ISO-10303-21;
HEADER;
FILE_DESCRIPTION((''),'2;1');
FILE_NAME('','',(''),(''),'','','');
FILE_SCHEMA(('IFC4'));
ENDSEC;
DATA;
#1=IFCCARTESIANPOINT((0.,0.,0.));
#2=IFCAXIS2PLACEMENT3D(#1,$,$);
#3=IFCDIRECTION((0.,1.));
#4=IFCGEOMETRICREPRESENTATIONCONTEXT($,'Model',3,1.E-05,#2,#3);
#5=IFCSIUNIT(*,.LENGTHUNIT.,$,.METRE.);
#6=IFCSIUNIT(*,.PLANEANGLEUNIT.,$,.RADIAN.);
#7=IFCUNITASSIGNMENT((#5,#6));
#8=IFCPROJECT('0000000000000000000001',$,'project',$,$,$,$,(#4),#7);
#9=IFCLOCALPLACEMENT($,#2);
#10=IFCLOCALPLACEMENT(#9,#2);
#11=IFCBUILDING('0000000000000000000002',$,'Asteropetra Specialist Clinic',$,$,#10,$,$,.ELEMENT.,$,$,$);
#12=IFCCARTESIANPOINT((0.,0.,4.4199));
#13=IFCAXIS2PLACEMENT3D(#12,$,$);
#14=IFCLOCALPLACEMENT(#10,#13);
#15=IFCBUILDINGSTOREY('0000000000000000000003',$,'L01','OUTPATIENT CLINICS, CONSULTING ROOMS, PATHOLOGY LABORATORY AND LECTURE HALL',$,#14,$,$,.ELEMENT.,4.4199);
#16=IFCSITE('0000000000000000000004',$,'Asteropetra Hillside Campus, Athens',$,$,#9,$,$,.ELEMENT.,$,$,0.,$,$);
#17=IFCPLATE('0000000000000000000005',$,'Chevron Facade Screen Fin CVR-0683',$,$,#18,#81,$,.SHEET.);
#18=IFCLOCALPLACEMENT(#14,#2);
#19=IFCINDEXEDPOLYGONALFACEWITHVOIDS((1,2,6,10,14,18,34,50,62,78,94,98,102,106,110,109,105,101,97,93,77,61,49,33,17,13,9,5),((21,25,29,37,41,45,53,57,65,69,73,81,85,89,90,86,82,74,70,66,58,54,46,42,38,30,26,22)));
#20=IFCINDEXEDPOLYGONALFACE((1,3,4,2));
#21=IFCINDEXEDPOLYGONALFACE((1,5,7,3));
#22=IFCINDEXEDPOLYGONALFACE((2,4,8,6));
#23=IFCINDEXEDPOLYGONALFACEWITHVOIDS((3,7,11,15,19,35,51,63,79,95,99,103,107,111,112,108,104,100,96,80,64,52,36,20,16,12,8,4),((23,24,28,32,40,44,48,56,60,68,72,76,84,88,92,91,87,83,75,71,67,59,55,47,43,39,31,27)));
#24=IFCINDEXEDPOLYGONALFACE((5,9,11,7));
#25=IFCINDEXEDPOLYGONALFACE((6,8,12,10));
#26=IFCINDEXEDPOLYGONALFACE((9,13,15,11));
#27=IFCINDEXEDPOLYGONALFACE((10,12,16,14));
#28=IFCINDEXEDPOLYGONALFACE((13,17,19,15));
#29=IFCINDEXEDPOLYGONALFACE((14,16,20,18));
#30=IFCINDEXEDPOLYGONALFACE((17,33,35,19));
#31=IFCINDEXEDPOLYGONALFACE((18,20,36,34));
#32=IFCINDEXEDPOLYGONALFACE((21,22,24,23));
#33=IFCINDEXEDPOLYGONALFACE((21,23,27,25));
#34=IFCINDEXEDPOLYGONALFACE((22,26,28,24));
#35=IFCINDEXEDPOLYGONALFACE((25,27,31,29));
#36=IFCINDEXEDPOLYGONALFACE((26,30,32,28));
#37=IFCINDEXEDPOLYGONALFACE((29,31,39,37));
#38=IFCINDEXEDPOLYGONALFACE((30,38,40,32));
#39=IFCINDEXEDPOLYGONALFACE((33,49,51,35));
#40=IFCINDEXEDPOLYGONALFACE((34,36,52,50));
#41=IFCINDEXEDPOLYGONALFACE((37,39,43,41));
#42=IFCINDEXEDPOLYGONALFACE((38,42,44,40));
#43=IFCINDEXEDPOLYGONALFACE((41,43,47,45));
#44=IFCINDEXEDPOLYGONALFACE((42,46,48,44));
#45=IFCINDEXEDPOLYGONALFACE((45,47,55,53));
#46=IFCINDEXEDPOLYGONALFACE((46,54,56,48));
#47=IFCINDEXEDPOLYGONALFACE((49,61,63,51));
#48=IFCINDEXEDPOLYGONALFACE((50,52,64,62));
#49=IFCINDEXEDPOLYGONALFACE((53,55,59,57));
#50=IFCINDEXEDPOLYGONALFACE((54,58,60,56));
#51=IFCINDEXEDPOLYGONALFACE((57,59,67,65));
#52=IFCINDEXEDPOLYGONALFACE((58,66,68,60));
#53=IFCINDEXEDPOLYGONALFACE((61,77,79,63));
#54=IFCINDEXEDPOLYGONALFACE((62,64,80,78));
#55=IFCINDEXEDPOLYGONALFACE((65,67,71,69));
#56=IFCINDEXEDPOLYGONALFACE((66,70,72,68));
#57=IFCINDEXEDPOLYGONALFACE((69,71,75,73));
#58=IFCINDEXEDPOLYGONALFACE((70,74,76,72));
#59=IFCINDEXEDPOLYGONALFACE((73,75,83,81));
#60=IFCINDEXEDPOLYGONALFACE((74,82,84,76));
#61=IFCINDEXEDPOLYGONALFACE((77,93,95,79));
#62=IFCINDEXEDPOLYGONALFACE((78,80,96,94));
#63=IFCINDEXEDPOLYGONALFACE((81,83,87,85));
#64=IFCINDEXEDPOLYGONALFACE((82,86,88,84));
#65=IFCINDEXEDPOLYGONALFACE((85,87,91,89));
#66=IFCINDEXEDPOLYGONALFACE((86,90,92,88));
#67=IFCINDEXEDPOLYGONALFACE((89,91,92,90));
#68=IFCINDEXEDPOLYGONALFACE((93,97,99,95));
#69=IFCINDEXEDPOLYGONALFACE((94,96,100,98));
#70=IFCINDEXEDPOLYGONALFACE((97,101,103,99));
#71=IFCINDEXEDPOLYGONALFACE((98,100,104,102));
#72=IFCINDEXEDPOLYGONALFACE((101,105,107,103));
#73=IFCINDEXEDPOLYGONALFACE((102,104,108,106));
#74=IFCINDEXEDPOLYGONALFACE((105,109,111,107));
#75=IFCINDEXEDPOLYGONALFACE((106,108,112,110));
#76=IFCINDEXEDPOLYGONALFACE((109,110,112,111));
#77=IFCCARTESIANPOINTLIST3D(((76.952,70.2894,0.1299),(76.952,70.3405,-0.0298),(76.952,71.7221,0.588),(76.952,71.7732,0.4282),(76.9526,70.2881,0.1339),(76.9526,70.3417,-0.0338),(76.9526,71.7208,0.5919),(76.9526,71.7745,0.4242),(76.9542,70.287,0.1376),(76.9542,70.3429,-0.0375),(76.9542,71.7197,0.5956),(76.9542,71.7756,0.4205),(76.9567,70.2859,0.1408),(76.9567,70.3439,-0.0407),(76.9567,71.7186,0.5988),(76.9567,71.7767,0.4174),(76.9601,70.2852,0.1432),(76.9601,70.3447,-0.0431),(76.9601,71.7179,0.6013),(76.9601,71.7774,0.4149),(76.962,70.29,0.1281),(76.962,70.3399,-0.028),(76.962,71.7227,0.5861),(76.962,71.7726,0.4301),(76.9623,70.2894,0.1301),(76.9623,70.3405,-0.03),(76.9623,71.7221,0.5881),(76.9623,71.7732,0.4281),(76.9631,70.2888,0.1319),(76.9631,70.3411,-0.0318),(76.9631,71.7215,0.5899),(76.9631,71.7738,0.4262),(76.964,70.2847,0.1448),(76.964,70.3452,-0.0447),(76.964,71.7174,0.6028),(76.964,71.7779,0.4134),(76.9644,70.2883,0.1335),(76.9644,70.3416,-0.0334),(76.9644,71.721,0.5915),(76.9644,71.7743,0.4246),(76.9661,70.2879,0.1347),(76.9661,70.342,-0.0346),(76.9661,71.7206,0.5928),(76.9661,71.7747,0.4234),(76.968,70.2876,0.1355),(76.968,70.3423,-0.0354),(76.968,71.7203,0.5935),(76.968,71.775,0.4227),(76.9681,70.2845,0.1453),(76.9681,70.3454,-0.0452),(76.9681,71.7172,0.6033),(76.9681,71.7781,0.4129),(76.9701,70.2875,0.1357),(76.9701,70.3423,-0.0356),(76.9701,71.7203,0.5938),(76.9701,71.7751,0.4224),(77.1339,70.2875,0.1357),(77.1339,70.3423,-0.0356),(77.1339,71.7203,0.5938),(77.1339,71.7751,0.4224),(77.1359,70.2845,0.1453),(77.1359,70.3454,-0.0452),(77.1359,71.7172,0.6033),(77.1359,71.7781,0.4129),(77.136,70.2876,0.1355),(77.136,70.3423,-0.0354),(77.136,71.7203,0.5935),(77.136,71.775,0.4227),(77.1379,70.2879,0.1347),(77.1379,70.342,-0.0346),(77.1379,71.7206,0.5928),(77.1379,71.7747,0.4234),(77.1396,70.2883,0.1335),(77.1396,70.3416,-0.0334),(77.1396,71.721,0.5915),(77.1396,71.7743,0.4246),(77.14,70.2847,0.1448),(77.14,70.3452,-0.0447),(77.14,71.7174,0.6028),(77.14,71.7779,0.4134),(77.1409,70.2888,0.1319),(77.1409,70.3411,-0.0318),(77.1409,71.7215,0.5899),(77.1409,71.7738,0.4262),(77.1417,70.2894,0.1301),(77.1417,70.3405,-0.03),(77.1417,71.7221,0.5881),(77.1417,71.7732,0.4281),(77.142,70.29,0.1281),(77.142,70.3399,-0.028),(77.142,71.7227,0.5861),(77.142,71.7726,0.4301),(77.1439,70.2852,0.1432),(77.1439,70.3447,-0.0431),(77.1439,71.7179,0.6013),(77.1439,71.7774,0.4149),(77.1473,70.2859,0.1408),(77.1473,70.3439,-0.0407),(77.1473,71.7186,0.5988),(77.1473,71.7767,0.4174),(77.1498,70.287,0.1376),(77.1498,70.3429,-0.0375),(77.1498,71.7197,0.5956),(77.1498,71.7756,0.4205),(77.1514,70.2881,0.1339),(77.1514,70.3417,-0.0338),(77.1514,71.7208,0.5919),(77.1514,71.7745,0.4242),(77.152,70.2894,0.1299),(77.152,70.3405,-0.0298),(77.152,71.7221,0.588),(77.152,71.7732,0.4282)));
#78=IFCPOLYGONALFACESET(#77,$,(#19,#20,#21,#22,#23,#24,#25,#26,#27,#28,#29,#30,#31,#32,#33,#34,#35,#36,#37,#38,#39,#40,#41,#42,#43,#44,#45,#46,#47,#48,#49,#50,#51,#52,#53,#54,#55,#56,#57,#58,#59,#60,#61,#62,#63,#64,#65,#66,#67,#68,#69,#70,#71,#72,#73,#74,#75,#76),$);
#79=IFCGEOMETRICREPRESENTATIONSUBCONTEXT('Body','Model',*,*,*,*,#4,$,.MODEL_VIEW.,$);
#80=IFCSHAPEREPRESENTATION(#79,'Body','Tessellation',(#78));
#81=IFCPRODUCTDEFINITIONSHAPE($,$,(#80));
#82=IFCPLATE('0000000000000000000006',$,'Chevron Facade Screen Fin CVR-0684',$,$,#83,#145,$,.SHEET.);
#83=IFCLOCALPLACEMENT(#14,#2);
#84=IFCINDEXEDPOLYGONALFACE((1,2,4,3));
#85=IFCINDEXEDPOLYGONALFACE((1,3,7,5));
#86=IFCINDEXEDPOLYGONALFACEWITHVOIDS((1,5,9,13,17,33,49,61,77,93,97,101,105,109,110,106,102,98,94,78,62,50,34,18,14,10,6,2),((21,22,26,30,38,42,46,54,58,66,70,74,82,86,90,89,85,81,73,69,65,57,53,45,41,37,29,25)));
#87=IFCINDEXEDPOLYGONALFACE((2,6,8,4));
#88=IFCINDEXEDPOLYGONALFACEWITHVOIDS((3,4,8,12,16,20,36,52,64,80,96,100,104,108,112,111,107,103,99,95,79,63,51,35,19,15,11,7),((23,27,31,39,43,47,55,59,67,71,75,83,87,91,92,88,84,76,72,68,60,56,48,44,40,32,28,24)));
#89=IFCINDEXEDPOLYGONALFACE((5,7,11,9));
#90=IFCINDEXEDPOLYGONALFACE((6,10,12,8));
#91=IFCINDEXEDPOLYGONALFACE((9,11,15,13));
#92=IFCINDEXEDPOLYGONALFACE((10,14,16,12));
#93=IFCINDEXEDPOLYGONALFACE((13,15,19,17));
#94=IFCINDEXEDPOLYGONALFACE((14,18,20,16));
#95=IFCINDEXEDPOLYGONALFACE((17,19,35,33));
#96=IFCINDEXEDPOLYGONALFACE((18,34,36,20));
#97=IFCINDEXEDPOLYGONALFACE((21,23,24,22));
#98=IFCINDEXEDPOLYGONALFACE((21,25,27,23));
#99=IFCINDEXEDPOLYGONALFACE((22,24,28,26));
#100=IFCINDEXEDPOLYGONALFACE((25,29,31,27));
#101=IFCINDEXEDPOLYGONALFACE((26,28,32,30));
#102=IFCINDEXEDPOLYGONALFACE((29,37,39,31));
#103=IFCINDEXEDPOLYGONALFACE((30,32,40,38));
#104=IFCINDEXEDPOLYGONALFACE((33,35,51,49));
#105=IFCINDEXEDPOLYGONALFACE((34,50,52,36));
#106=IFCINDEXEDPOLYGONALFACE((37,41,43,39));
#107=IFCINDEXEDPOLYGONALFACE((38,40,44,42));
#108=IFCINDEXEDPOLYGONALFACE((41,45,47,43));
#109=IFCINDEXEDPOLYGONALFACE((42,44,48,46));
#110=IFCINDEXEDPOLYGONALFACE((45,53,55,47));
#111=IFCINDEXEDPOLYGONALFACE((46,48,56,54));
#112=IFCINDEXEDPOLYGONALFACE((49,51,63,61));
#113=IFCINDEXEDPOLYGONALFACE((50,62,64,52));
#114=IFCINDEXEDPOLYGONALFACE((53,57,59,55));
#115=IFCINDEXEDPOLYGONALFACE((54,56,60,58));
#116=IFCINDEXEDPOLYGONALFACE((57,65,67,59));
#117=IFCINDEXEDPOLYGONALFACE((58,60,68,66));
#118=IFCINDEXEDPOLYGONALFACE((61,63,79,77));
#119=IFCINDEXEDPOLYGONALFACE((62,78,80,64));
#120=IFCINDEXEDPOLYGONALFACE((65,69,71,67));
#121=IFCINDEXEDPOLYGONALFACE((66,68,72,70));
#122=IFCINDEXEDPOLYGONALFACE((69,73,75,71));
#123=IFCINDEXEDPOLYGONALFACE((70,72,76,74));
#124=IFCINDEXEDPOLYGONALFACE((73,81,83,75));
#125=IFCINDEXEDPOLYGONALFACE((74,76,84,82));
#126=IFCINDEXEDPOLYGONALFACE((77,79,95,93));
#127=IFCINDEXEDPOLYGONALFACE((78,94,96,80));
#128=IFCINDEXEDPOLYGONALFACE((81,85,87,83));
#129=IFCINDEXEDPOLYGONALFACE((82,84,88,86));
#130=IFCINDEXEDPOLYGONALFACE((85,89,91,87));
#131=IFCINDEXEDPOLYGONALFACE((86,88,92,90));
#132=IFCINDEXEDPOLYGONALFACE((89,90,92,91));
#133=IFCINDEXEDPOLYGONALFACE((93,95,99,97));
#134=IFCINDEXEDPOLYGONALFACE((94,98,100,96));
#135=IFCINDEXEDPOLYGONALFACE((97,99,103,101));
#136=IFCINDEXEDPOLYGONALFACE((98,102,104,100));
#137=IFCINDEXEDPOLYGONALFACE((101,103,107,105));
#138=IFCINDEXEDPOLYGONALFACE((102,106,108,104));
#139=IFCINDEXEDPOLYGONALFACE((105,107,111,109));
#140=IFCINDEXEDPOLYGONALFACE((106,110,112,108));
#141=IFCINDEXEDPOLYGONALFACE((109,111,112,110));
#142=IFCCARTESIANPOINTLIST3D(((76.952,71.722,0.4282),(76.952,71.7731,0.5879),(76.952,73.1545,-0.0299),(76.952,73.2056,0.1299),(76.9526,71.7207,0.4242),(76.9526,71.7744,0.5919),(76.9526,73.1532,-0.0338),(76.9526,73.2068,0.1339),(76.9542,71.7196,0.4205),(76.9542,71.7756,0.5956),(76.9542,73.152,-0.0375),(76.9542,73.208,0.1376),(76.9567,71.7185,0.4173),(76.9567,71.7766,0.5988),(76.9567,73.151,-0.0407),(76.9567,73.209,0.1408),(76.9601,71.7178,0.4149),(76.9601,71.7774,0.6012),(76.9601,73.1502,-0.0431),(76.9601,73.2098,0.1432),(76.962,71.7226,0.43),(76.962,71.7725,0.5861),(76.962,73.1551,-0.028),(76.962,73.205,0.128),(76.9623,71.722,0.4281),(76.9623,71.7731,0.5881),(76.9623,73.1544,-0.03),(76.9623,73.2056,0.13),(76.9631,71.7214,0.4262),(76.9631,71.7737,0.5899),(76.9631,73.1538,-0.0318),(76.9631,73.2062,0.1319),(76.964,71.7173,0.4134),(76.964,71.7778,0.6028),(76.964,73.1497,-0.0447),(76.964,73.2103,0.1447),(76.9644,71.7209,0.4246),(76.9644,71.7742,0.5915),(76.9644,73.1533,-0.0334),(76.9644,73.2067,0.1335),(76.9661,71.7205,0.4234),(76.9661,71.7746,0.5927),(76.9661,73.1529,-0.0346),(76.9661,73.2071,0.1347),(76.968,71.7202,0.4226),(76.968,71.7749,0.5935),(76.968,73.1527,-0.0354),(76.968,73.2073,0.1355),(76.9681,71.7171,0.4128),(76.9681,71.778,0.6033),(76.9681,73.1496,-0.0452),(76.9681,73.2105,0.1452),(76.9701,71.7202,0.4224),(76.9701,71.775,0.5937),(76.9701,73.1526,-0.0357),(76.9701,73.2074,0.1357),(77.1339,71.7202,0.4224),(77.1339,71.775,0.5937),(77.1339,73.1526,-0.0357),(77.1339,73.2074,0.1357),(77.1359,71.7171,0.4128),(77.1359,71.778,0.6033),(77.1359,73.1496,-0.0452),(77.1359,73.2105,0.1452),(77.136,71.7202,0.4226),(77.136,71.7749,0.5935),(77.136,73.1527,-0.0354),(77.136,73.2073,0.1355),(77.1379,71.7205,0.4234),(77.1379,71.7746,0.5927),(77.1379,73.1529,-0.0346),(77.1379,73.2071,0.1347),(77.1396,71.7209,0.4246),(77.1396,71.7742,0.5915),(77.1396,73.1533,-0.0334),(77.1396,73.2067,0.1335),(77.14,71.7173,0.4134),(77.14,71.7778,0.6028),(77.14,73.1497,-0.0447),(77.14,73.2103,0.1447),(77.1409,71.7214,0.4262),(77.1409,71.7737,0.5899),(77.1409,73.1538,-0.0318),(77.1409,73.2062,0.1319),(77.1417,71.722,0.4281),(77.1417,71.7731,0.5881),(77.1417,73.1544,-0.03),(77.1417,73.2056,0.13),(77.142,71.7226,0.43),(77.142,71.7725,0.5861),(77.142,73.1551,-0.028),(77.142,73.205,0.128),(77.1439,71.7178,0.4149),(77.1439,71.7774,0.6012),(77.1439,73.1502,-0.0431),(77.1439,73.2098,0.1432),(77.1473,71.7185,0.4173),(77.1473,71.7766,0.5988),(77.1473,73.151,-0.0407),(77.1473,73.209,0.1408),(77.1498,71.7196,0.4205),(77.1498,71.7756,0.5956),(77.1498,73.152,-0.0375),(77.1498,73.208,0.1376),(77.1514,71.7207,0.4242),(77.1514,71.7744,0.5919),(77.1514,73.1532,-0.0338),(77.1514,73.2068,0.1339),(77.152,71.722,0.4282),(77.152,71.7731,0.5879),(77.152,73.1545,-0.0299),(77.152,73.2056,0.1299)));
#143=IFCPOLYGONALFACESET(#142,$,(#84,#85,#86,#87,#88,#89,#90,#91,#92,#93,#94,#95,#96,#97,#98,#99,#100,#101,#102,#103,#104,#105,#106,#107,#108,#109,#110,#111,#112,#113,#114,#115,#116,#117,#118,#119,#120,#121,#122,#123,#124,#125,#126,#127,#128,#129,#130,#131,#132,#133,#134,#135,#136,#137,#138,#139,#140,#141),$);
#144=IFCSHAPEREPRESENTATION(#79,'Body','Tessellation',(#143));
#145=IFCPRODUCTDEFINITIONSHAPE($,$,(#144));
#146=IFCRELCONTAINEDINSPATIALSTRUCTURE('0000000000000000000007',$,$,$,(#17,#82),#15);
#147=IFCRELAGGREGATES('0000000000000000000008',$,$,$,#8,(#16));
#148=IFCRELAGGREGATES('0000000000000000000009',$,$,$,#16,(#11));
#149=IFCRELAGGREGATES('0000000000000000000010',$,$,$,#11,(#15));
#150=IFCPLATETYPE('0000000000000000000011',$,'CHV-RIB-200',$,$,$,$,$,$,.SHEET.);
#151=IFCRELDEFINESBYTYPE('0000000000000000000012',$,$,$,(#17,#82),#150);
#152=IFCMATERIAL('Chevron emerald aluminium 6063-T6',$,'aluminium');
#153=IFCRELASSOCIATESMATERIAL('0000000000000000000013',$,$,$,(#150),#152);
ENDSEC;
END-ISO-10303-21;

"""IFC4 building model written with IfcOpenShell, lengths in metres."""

from ifc_helpers import new_model, si_unit, direction, frame, origin, origin_2d, place, context, subcontext, project, spatial, hollow_rectangle, extrude, material, material_profile, profile_set, type_object, element, save


model = new_model("IFC4")

# Units and contexts
model_context = context("Model", 3, precision=1e-05, world=origin(), true_north=direction((0.0, 1.0)))
body_context = subcontext(model_context, "Body", "Model", "MODEL_VIEW")
ifc_project = project(units=[si_unit("LENGTHUNIT", "METRE"), si_unit("PLANEANGLEUNIT", "RADIAN")], contexts=[model_context])

# Site, building, storey
site_placement = place(None, origin())
site = spatial("IfcSite", under=ifc_project, at=site_placement, Name="Asteropetra Hillside Campus, Athens", CompositionType="ELEMENT", RefElevation=0.0)
building_placement = place(site_placement, origin())
building = spatial("IfcBuilding", under=site, at=building_placement, Name="Asteropetra Specialist Clinic", CompositionType="ELEMENT")
storey_placement = place(building_placement, frame((0.0, 0.0, 4.4199)))
storey = spatial("IfcBuildingStorey", under=building, at=storey_placement, Name="L01", Description="OUTPATIENT CLINICS, CONSULTING ROOMS, PATHOLOGY LABORATORY AND LECTURE HALL", CompositionType="ELEMENT", Elevation=4.4199)

# Plates
ifc_material_1 = material(Name="Chevron emerald aluminium 6063-T6", Category="aluminium")
ifc_material_profile = material_profile(ifc_material_1, hollow_rectangle(XDim=0.2, YDim=0.2, WallThickness=0.01, InnerFilletRadius=0.0081, OuterFilletRadius=0.0161, at=origin_2d()), Name="SHS 200x200x10.0")
ifc_profile_set = profile_set([ifc_material_profile], Name="Chevron emerald aluminium 6063-T6")
plate_type_1 = type_object("IfcPlateType", Name="CHV-RIB-200", PredefinedType="SHEET", material=ifc_profile_set)
plate_1_placement = place(storey_placement, frame((77.052, 70.3149, 0.05), z_axis=(0.0, 0.952507, 0.304517), x_axis=(-1.0, 0.0, 0.0)))
element("IfcPlate", 1, at=plate_1_placement, inside=storey, type_object=plate_type_1, Name="Chevron Facade Screen Fin CVR-0683", PredefinedType="SHEET", context=body_context, shape_type="SweptSolid", body=[
    extrude(hollow_rectangle(XDim=0.2, YDim=0.2, WallThickness=0.01, InnerFilletRadius=0.0081, OuterFilletRadius=0.0161, at=origin_2d()), origin(), (0.0, 0.0, 1.0), 1.5042),
])
plate_2_placement = place(storey_placement, frame((77.052, 71.7476, 0.5081), z_axis=(0.0, 0.952492, -0.304564), x_axis=(-1.0, 0.0, 0.0)))
element("IfcPlate", 2, at=plate_2_placement, inside=storey, type_object=plate_type_1, Name="Chevron Facade Screen Fin CVR-0684", PredefinedType="SHEET", context=body_context, shape_type="SweptSolid", body=[
    extrude(hollow_rectangle(XDim=0.2, YDim=0.2, WallThickness=0.01, InnerFilletRadius=0.0081, OuterFilletRadius=0.0161, at=origin_2d()), origin(), (0.0, 0.0, 1.0), 1.5039),
])

save(model, "model.ifc")
